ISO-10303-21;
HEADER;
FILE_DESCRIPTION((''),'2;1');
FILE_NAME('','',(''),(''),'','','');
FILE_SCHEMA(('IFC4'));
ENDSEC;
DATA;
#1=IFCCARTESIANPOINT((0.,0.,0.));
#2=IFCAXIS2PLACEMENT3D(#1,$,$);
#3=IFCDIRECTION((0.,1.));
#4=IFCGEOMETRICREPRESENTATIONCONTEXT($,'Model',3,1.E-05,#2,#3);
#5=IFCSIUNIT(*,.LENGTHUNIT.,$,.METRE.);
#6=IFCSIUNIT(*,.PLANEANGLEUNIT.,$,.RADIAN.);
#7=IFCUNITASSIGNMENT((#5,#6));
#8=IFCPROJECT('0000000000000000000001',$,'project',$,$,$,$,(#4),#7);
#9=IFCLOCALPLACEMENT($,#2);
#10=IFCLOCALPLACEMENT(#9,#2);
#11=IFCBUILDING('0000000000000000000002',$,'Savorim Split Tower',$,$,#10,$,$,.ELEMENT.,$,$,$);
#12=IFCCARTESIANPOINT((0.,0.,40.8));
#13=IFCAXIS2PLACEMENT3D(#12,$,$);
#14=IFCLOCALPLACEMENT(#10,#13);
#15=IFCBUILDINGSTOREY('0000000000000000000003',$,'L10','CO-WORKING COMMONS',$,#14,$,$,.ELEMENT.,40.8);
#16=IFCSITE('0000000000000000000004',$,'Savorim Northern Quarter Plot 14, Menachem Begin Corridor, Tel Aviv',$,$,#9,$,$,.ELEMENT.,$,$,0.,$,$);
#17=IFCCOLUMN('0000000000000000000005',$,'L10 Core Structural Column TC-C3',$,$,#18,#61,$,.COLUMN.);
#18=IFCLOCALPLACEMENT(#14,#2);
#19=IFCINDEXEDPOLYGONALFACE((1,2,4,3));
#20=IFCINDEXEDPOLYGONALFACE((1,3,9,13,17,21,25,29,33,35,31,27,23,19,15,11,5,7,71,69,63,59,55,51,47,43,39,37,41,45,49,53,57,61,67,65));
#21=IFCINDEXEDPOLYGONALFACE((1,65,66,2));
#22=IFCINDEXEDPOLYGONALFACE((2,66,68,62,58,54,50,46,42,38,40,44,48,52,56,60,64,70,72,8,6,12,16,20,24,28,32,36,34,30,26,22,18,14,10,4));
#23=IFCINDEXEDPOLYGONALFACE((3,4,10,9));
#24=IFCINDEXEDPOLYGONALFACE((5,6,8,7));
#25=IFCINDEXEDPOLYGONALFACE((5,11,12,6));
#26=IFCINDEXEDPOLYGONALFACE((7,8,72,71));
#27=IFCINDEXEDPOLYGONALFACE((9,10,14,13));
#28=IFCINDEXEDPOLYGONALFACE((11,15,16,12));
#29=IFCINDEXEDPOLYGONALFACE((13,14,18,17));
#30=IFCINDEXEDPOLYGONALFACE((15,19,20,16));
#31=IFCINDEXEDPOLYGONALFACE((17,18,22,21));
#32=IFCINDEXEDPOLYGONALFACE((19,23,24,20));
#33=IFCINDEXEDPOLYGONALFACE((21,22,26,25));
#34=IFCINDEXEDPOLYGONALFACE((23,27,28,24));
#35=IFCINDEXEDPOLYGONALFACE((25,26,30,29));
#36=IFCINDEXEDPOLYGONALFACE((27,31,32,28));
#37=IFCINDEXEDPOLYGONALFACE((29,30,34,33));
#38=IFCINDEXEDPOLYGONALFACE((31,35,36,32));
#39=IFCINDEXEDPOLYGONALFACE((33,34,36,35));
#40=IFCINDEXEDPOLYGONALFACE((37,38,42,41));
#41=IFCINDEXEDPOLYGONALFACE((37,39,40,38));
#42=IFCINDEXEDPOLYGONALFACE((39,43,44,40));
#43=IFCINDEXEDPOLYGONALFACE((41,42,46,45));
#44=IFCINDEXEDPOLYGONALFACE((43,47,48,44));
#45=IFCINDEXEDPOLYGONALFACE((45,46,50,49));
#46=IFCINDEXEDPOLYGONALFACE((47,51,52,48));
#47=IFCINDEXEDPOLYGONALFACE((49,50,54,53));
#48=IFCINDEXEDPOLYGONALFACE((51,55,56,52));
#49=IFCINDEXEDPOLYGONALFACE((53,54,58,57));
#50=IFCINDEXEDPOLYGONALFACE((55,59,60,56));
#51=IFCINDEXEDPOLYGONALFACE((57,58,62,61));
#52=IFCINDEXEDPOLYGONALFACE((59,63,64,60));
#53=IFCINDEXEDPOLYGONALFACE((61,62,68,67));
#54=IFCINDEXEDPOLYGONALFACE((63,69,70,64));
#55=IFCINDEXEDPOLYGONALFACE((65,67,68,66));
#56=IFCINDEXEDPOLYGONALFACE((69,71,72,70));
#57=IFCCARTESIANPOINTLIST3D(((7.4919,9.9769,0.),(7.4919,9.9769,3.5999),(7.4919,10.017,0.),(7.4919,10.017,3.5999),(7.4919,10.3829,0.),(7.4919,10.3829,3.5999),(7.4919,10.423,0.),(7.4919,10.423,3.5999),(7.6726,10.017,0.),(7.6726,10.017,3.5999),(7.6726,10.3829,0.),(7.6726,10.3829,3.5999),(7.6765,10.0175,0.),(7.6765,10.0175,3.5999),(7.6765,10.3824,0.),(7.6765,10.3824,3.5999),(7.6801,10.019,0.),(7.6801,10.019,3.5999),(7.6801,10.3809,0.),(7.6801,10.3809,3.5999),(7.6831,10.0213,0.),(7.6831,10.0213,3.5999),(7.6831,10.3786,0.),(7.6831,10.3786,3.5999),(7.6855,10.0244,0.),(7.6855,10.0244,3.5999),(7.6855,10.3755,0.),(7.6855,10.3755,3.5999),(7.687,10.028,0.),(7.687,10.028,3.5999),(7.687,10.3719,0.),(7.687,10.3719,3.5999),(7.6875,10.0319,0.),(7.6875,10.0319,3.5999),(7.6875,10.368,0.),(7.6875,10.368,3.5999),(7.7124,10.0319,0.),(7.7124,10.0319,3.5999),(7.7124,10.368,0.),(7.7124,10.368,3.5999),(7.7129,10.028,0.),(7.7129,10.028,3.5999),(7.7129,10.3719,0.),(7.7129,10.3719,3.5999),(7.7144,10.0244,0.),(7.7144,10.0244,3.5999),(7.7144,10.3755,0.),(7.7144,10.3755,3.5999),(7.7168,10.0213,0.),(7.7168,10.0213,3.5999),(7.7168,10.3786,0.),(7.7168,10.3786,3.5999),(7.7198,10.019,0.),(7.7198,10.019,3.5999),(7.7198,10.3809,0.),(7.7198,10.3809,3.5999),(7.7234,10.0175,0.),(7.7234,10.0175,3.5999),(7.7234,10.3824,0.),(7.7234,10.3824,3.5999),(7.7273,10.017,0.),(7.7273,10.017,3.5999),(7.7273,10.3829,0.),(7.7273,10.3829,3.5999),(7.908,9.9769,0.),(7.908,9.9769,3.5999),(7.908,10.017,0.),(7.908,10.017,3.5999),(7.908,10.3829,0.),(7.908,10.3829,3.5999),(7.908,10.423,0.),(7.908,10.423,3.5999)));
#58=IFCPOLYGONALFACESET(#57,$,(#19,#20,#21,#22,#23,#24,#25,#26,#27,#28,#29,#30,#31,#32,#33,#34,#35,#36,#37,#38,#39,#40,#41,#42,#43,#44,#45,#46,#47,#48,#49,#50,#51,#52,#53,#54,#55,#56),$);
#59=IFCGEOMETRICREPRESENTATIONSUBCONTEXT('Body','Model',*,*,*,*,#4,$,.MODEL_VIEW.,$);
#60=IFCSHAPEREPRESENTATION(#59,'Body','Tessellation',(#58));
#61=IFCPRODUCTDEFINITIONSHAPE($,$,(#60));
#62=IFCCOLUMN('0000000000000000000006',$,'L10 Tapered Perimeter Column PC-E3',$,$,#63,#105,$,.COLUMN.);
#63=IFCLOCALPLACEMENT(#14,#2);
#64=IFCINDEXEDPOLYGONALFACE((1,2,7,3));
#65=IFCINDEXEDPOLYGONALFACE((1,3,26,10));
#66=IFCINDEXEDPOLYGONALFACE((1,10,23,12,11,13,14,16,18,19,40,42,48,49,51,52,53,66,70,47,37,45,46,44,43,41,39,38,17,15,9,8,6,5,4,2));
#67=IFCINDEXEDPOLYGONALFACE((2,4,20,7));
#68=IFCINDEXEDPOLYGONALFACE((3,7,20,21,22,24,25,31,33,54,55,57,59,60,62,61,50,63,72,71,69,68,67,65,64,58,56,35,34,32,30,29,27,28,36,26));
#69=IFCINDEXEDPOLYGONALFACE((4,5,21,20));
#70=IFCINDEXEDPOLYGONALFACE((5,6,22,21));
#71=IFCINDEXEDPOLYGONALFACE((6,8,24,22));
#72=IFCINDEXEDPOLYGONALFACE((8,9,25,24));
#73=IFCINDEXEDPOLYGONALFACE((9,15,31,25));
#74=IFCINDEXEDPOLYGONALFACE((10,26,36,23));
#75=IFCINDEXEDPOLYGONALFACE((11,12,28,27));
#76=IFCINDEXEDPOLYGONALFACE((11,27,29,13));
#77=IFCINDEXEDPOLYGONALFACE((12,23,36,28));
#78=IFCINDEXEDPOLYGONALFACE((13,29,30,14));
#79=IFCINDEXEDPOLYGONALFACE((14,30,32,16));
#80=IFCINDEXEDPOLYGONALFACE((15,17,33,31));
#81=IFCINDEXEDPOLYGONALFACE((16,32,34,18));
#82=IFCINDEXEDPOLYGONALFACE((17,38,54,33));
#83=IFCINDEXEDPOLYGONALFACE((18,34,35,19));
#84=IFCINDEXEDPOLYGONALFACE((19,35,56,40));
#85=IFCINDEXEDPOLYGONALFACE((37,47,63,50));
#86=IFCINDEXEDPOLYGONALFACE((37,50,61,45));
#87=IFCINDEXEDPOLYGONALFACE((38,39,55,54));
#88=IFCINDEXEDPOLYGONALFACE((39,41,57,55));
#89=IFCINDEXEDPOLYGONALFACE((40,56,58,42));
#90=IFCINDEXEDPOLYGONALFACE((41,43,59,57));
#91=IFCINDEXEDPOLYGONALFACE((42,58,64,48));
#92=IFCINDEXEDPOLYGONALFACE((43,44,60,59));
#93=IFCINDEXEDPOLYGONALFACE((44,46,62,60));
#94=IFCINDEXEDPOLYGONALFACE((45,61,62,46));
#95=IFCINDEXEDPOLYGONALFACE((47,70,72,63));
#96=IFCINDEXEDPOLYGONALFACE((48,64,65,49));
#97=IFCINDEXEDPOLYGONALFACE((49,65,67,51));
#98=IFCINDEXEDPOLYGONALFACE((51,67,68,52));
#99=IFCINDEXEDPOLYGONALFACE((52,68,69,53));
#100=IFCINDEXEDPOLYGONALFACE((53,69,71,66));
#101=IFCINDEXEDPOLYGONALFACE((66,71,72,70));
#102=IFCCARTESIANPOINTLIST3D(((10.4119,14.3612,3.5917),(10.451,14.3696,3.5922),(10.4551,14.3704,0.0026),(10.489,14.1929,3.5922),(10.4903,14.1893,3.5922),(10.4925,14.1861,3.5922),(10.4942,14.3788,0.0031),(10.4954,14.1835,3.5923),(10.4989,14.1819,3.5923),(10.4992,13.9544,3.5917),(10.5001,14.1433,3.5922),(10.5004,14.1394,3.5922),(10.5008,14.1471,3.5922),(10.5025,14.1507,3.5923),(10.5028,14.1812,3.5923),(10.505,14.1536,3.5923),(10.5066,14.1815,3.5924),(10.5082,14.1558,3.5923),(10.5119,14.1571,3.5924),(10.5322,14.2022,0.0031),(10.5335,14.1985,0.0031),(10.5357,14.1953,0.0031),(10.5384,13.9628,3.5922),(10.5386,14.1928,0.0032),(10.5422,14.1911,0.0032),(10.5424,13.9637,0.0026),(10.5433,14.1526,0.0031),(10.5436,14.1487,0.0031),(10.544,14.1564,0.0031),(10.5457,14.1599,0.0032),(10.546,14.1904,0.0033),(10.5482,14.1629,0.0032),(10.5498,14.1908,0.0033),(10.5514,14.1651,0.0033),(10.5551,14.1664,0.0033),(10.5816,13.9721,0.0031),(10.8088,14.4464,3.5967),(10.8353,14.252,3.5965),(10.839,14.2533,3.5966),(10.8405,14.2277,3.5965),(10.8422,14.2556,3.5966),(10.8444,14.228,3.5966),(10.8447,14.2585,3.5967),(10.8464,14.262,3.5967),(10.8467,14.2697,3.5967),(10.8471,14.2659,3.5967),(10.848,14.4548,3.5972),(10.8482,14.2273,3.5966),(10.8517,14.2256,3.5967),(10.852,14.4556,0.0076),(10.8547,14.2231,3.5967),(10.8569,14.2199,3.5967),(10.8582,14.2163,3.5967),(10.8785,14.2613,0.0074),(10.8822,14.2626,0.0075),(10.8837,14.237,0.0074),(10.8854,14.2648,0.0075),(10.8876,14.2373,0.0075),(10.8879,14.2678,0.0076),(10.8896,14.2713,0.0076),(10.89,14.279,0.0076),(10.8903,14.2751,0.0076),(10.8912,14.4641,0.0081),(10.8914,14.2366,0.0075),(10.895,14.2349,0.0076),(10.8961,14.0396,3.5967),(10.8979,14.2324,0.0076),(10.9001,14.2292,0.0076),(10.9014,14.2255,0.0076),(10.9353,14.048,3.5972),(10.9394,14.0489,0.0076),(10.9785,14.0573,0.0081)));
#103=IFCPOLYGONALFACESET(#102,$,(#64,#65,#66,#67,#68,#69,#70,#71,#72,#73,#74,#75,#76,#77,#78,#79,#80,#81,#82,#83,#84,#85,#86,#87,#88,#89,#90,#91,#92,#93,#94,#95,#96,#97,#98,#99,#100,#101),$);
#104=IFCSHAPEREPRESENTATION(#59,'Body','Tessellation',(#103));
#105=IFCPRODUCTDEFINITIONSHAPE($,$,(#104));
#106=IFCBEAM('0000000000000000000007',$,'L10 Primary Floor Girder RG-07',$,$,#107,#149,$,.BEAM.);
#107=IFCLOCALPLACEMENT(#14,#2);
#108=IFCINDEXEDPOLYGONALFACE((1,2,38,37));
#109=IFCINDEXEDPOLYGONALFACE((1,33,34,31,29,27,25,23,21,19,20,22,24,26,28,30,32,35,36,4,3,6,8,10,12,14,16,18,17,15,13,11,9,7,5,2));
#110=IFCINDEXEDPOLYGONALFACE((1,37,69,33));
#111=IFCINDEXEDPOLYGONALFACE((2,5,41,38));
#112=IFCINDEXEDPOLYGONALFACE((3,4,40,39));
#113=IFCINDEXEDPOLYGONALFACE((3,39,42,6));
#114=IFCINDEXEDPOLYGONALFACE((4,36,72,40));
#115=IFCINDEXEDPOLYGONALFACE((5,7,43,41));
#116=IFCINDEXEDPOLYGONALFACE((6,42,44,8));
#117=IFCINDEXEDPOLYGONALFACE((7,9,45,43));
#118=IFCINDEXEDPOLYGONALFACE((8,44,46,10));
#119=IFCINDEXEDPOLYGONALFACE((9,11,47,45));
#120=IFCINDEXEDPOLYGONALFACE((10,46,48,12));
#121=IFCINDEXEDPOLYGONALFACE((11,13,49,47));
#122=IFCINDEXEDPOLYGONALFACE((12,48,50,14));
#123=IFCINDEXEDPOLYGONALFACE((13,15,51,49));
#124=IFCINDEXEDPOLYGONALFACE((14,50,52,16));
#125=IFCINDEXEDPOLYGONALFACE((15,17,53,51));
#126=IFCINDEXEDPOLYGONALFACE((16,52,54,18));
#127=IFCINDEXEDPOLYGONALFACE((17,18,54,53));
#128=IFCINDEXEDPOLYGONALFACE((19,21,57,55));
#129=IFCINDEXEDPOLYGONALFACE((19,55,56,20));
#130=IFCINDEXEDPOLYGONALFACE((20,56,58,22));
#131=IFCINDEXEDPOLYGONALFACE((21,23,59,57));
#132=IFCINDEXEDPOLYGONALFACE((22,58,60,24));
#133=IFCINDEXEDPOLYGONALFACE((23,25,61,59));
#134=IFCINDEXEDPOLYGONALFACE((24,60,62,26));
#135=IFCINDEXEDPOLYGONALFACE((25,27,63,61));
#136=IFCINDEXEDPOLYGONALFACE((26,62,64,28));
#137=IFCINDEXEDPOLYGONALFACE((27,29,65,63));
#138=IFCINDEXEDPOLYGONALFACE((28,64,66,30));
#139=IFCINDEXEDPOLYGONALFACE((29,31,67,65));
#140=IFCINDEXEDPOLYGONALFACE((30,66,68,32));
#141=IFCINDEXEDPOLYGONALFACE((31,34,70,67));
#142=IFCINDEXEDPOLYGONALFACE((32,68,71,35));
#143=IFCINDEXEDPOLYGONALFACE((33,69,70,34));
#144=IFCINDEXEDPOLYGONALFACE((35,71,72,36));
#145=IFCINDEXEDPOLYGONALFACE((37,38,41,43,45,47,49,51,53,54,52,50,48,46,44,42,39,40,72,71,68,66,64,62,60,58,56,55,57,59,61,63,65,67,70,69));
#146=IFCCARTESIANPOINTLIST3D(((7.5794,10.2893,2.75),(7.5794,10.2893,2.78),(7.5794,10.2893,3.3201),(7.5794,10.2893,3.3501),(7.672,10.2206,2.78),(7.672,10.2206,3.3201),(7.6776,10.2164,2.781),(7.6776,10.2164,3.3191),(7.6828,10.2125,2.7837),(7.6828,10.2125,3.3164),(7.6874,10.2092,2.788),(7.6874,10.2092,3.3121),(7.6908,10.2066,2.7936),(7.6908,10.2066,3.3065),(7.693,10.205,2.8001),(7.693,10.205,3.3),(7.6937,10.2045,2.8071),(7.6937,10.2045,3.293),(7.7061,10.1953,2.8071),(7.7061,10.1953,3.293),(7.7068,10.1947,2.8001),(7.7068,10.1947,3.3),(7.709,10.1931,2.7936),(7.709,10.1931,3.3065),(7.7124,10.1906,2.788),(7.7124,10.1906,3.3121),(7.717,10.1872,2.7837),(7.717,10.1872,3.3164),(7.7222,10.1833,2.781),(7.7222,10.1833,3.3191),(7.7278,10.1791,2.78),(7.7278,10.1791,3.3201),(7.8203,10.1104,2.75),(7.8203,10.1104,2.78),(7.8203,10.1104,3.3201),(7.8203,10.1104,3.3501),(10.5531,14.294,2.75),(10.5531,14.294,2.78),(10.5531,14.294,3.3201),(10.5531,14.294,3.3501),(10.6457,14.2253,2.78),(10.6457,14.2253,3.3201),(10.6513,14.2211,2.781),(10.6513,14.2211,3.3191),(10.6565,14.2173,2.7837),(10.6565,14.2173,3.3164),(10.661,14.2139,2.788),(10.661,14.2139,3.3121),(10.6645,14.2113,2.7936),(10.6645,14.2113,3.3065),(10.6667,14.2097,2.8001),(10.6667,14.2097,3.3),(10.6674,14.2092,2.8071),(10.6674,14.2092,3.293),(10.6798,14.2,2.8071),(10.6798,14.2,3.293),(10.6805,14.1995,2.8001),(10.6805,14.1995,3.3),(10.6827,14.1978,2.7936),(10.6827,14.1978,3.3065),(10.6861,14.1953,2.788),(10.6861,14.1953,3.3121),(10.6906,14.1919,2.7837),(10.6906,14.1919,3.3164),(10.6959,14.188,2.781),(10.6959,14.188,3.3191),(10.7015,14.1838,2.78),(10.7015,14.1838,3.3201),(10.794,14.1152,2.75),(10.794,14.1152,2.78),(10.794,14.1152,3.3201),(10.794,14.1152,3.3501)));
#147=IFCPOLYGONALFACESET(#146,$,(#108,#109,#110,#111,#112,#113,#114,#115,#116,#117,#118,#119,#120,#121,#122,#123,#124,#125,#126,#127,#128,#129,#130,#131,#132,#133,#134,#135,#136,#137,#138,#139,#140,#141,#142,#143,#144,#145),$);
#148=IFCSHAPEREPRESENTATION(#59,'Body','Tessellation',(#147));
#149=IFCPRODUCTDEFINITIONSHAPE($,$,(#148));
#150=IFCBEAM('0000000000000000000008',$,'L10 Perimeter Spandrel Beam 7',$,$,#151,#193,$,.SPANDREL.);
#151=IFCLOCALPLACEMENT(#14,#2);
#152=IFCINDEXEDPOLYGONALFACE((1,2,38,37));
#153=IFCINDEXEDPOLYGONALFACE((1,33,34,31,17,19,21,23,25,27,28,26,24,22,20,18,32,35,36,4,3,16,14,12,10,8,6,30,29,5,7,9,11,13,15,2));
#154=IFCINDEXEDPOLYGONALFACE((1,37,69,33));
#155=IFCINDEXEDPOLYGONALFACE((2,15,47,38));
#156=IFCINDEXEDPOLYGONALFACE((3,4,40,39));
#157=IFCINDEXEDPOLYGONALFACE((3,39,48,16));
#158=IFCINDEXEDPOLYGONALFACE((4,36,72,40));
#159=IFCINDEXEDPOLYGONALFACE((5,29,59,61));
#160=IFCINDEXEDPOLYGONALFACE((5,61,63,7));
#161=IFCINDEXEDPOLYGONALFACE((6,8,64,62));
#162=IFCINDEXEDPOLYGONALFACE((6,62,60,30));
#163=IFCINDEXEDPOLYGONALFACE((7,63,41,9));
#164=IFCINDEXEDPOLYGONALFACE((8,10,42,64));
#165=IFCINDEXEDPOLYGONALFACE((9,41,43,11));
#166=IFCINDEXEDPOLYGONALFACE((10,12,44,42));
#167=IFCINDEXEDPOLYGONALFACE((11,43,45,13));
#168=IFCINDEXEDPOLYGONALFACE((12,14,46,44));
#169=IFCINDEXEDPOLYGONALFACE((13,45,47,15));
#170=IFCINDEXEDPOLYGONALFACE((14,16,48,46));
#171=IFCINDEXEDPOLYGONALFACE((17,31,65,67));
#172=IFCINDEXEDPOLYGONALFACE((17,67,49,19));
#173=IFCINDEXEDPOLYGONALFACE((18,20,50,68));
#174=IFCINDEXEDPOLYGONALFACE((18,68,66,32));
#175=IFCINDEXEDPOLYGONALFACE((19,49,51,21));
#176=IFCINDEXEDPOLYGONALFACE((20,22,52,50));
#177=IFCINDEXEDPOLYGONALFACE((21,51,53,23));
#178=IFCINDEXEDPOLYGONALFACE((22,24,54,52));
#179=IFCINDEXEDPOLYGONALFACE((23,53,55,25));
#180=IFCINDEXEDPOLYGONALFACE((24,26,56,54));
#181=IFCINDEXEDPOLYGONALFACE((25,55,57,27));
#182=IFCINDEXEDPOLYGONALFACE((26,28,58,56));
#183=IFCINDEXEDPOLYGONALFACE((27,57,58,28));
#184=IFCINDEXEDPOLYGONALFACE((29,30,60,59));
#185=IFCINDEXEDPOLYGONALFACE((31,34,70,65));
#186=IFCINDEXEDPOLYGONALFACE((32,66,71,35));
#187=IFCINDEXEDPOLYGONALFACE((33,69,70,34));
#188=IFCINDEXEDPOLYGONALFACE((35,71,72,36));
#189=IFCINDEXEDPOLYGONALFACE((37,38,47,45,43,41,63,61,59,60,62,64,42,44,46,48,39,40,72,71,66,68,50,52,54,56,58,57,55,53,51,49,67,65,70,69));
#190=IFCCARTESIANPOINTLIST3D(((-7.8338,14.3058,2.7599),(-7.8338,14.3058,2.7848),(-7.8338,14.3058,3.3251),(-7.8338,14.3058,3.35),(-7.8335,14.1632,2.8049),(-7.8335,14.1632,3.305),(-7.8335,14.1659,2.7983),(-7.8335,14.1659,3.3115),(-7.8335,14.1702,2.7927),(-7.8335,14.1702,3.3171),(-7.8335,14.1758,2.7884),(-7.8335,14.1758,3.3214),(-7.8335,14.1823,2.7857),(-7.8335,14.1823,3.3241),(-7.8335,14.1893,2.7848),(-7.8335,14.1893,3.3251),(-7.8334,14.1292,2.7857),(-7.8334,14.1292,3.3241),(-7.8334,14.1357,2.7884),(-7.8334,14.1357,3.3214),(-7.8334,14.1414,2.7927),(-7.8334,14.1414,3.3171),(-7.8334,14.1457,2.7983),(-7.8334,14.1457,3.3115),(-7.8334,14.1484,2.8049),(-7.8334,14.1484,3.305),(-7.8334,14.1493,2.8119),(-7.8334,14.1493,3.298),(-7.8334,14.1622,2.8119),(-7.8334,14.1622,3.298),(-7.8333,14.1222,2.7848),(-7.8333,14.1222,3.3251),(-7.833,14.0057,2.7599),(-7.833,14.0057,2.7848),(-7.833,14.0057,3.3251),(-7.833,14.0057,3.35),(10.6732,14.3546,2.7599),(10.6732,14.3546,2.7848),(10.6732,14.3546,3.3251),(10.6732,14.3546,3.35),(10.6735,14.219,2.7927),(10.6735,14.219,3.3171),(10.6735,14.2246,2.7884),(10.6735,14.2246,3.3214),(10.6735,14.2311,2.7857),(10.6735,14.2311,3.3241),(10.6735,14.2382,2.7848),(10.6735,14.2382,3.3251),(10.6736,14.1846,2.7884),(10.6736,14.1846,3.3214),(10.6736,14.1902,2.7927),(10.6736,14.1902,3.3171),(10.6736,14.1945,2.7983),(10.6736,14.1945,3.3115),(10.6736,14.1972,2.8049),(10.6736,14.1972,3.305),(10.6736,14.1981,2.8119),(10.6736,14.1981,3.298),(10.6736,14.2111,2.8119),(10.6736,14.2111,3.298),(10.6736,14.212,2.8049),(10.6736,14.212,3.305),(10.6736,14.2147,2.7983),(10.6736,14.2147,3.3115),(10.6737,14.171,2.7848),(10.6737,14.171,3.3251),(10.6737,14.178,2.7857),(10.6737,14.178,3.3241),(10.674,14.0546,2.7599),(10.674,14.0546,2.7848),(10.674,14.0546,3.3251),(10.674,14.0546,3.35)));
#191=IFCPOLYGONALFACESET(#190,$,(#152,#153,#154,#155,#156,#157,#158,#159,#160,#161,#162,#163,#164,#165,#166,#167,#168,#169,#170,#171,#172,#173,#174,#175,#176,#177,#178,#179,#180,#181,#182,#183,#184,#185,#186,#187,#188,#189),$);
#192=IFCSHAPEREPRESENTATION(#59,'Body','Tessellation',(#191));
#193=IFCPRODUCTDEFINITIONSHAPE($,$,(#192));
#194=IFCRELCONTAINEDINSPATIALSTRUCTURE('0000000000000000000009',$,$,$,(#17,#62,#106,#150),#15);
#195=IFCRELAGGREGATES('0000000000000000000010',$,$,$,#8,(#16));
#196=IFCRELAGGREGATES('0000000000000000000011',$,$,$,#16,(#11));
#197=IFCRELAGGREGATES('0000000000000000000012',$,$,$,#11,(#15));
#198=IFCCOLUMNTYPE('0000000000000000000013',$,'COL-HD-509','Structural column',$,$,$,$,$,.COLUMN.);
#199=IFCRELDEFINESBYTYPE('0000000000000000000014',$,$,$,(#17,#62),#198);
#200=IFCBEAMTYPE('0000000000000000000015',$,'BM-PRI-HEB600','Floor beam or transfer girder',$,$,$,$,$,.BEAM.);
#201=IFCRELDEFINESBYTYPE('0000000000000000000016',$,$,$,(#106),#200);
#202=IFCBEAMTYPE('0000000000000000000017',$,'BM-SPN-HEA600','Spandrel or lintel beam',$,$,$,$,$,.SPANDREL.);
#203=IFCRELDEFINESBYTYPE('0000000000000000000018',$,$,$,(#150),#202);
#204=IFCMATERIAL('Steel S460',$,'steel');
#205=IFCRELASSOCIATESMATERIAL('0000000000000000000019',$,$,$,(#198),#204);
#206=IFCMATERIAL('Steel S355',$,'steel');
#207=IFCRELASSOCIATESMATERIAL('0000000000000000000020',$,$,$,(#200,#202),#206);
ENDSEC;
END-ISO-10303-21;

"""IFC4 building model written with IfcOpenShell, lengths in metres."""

from ifc_helpers import new_model, si_unit, direction, frame, origin, origin_2d, place, context, subcontext, project, spatial, i_section, extrude, material, material_profile, profile_set, type_object, element, save


model = new_model("IFC4")

# Units and contexts
model_context = context("Model", 3, precision=1e-05, world=origin(), true_north=direction((0.0, 1.0)))
body_context = subcontext(model_context, "Body", "Model", "MODEL_VIEW")
ifc_project = project(units=[si_unit("LENGTHUNIT", "METRE"), si_unit("PLANEANGLEUNIT", "RADIAN")], contexts=[model_context])

# Site, building, storey
site_placement = place(None, origin())
site = spatial("IfcSite", under=ifc_project, at=site_placement, Name="Savorim Northern Quarter Plot 14, Menachem Begin Corridor, Tel Aviv", CompositionType="ELEMENT", RefElevation=0.0)
building_placement = place(site_placement, origin())
building = spatial("IfcBuilding", under=site, at=building_placement, Name="Savorim Split Tower", CompositionType="ELEMENT")
storey_placement = place(building_placement, frame((0.0, 0.0, 40.8)))
storey = spatial("IfcBuildingStorey", under=building, at=storey_placement, Name="L10", Description="CO-WORKING COMMONS", CompositionType="ELEMENT", Elevation=40.8)

# Columns
ifc_material_1 = material(Name="Steel S460", Category="steel")
ifc_material_profile_1 = material_profile(ifc_material_1, i_section(OverallWidth=0.416, OverallDepth=0.446, WebThickness=0.0249, FlangeThickness=0.04, FilletRadius=0.0149, at=origin_2d()), Name="HD 400x509")
ifc_profile_set_1 = profile_set([ifc_material_profile_1], Name="Steel S460")
column_type = type_object("IfcColumnType", Name="COL-HD-509", Description="Structural column", PredefinedType="COLUMN", material=ifc_profile_set_1)
column_1_placement = place(storey_placement, frame((7.7, 10.2, 0.0), z_axis=(0.0, 0.0, 1.0), x_axis=(1.0, 0.0, 0.0)))
element("IfcColumn", 1, at=column_1_placement, inside=storey, type_object=column_type, Name="L10 Core Structural Column TC-C3", PredefinedType="COLUMN", context=body_context, shape_type="SweptSolid", body=[
    extrude(i_section(OverallWidth=0.416, OverallDepth=0.446, WebThickness=0.0249, FlangeThickness=0.04, FilletRadius=0.0149, at=origin_2d()), origin(), (0.0, 0.0, 1.0), 3.5999),
])
column_2_placement = place(storey_placement, frame((10.7168, 14.2139, 0.0054), z_axis=(-0.012039, -0.002585, 0.999924), x_axis=(0.209906, -0.977722, 0.0)))
element("IfcColumn", 2, at=column_2_placement, inside=storey, type_object=column_type, Name="L10 Tapered Perimeter Column PC-E3", PredefinedType="COLUMN", context=body_context, shape_type="SweptSolid", body=[
    extrude(i_section(OverallWidth=0.416, OverallDepth=0.446, WebThickness=0.0249, FlangeThickness=0.04, FilletRadius=0.0149, at=origin_2d()), origin(), (0.0, 0.0, 1.0), 3.5894),
])

# Beams
ifc_material_2 = material(Name="Steel S355", Category="steel")
ifc_material_profile_2 = material_profile(ifc_material_2, i_section(OverallWidth=0.3, OverallDepth=0.6001, WebThickness=0.0154, FlangeThickness=0.03, FilletRadius=0.0271, at=origin_2d()), Name="HEB 600")
ifc_profile_set_2 = profile_set([ifc_material_profile_2], Name="Steel S355")
beam_type_1 = type_object("IfcBeamType", Name="BM-PRI-HEB600", Description="Floor beam or transfer girder", PredefinedType="BEAM", material=ifc_profile_set_2)
beam_1_placement = place(storey_placement, frame((10.6736, 14.2046, 3.05), z_axis=(-0.596164, -0.802863, 0.0), x_axis=(0.802863, -0.596164, 0.0)))
element("IfcBeam", 3, at=beam_1_placement, inside=storey, type_object=beam_type_1, Name="L10 Primary Floor Girder RG-07", PredefinedType="BEAM", context=body_context, shape_type="SweptSolid", body=[
    extrude(i_section(OverallWidth=0.3, OverallDepth=0.6001, WebThickness=0.0154, FlangeThickness=0.03, FilletRadius=0.0271, at=origin_2d()), origin(), (0.0, 0.0, 1.0), 4.988),
])
ifc_material_profile_3 = material_profile(ifc_material_2, i_section(OverallWidth=0.3, OverallDepth=0.5901, WebThickness=0.0129, FlangeThickness=0.0249, FilletRadius=0.0271, at=origin_2d()), Name="HEA 600")
ifc_profile_set_3 = profile_set([ifc_material_profile_3], Name="Steel S355")
beam_type_2 = type_object("IfcBeamType", Name="BM-SPN-HEA600", Description="Spandrel or lintel beam", PredefinedType="SPANDREL", material=ifc_profile_set_3)
beam_2_placement = place(storey_placement, frame((10.6736, 14.2046, 3.0549), z_axis=(-0.999997, -0.002638, 0.0), x_axis=(0.002638, -0.999997, 0.0)))
element("IfcBeam", 4, at=beam_2_placement, inside=storey, type_object=beam_type_2, Name="L10 Perimeter Spandrel Beam 7", PredefinedType="SPANDREL", context=body_context, shape_type="SweptSolid", body=[
    extrude(i_section(OverallWidth=0.3, OverallDepth=0.5901, WebThickness=0.0129, FlangeThickness=0.0249, FilletRadius=0.0271, at=origin_2d()), origin(), (0.0, 0.0, 1.0), 18.5071),
])

save(model, "model.ifc")
